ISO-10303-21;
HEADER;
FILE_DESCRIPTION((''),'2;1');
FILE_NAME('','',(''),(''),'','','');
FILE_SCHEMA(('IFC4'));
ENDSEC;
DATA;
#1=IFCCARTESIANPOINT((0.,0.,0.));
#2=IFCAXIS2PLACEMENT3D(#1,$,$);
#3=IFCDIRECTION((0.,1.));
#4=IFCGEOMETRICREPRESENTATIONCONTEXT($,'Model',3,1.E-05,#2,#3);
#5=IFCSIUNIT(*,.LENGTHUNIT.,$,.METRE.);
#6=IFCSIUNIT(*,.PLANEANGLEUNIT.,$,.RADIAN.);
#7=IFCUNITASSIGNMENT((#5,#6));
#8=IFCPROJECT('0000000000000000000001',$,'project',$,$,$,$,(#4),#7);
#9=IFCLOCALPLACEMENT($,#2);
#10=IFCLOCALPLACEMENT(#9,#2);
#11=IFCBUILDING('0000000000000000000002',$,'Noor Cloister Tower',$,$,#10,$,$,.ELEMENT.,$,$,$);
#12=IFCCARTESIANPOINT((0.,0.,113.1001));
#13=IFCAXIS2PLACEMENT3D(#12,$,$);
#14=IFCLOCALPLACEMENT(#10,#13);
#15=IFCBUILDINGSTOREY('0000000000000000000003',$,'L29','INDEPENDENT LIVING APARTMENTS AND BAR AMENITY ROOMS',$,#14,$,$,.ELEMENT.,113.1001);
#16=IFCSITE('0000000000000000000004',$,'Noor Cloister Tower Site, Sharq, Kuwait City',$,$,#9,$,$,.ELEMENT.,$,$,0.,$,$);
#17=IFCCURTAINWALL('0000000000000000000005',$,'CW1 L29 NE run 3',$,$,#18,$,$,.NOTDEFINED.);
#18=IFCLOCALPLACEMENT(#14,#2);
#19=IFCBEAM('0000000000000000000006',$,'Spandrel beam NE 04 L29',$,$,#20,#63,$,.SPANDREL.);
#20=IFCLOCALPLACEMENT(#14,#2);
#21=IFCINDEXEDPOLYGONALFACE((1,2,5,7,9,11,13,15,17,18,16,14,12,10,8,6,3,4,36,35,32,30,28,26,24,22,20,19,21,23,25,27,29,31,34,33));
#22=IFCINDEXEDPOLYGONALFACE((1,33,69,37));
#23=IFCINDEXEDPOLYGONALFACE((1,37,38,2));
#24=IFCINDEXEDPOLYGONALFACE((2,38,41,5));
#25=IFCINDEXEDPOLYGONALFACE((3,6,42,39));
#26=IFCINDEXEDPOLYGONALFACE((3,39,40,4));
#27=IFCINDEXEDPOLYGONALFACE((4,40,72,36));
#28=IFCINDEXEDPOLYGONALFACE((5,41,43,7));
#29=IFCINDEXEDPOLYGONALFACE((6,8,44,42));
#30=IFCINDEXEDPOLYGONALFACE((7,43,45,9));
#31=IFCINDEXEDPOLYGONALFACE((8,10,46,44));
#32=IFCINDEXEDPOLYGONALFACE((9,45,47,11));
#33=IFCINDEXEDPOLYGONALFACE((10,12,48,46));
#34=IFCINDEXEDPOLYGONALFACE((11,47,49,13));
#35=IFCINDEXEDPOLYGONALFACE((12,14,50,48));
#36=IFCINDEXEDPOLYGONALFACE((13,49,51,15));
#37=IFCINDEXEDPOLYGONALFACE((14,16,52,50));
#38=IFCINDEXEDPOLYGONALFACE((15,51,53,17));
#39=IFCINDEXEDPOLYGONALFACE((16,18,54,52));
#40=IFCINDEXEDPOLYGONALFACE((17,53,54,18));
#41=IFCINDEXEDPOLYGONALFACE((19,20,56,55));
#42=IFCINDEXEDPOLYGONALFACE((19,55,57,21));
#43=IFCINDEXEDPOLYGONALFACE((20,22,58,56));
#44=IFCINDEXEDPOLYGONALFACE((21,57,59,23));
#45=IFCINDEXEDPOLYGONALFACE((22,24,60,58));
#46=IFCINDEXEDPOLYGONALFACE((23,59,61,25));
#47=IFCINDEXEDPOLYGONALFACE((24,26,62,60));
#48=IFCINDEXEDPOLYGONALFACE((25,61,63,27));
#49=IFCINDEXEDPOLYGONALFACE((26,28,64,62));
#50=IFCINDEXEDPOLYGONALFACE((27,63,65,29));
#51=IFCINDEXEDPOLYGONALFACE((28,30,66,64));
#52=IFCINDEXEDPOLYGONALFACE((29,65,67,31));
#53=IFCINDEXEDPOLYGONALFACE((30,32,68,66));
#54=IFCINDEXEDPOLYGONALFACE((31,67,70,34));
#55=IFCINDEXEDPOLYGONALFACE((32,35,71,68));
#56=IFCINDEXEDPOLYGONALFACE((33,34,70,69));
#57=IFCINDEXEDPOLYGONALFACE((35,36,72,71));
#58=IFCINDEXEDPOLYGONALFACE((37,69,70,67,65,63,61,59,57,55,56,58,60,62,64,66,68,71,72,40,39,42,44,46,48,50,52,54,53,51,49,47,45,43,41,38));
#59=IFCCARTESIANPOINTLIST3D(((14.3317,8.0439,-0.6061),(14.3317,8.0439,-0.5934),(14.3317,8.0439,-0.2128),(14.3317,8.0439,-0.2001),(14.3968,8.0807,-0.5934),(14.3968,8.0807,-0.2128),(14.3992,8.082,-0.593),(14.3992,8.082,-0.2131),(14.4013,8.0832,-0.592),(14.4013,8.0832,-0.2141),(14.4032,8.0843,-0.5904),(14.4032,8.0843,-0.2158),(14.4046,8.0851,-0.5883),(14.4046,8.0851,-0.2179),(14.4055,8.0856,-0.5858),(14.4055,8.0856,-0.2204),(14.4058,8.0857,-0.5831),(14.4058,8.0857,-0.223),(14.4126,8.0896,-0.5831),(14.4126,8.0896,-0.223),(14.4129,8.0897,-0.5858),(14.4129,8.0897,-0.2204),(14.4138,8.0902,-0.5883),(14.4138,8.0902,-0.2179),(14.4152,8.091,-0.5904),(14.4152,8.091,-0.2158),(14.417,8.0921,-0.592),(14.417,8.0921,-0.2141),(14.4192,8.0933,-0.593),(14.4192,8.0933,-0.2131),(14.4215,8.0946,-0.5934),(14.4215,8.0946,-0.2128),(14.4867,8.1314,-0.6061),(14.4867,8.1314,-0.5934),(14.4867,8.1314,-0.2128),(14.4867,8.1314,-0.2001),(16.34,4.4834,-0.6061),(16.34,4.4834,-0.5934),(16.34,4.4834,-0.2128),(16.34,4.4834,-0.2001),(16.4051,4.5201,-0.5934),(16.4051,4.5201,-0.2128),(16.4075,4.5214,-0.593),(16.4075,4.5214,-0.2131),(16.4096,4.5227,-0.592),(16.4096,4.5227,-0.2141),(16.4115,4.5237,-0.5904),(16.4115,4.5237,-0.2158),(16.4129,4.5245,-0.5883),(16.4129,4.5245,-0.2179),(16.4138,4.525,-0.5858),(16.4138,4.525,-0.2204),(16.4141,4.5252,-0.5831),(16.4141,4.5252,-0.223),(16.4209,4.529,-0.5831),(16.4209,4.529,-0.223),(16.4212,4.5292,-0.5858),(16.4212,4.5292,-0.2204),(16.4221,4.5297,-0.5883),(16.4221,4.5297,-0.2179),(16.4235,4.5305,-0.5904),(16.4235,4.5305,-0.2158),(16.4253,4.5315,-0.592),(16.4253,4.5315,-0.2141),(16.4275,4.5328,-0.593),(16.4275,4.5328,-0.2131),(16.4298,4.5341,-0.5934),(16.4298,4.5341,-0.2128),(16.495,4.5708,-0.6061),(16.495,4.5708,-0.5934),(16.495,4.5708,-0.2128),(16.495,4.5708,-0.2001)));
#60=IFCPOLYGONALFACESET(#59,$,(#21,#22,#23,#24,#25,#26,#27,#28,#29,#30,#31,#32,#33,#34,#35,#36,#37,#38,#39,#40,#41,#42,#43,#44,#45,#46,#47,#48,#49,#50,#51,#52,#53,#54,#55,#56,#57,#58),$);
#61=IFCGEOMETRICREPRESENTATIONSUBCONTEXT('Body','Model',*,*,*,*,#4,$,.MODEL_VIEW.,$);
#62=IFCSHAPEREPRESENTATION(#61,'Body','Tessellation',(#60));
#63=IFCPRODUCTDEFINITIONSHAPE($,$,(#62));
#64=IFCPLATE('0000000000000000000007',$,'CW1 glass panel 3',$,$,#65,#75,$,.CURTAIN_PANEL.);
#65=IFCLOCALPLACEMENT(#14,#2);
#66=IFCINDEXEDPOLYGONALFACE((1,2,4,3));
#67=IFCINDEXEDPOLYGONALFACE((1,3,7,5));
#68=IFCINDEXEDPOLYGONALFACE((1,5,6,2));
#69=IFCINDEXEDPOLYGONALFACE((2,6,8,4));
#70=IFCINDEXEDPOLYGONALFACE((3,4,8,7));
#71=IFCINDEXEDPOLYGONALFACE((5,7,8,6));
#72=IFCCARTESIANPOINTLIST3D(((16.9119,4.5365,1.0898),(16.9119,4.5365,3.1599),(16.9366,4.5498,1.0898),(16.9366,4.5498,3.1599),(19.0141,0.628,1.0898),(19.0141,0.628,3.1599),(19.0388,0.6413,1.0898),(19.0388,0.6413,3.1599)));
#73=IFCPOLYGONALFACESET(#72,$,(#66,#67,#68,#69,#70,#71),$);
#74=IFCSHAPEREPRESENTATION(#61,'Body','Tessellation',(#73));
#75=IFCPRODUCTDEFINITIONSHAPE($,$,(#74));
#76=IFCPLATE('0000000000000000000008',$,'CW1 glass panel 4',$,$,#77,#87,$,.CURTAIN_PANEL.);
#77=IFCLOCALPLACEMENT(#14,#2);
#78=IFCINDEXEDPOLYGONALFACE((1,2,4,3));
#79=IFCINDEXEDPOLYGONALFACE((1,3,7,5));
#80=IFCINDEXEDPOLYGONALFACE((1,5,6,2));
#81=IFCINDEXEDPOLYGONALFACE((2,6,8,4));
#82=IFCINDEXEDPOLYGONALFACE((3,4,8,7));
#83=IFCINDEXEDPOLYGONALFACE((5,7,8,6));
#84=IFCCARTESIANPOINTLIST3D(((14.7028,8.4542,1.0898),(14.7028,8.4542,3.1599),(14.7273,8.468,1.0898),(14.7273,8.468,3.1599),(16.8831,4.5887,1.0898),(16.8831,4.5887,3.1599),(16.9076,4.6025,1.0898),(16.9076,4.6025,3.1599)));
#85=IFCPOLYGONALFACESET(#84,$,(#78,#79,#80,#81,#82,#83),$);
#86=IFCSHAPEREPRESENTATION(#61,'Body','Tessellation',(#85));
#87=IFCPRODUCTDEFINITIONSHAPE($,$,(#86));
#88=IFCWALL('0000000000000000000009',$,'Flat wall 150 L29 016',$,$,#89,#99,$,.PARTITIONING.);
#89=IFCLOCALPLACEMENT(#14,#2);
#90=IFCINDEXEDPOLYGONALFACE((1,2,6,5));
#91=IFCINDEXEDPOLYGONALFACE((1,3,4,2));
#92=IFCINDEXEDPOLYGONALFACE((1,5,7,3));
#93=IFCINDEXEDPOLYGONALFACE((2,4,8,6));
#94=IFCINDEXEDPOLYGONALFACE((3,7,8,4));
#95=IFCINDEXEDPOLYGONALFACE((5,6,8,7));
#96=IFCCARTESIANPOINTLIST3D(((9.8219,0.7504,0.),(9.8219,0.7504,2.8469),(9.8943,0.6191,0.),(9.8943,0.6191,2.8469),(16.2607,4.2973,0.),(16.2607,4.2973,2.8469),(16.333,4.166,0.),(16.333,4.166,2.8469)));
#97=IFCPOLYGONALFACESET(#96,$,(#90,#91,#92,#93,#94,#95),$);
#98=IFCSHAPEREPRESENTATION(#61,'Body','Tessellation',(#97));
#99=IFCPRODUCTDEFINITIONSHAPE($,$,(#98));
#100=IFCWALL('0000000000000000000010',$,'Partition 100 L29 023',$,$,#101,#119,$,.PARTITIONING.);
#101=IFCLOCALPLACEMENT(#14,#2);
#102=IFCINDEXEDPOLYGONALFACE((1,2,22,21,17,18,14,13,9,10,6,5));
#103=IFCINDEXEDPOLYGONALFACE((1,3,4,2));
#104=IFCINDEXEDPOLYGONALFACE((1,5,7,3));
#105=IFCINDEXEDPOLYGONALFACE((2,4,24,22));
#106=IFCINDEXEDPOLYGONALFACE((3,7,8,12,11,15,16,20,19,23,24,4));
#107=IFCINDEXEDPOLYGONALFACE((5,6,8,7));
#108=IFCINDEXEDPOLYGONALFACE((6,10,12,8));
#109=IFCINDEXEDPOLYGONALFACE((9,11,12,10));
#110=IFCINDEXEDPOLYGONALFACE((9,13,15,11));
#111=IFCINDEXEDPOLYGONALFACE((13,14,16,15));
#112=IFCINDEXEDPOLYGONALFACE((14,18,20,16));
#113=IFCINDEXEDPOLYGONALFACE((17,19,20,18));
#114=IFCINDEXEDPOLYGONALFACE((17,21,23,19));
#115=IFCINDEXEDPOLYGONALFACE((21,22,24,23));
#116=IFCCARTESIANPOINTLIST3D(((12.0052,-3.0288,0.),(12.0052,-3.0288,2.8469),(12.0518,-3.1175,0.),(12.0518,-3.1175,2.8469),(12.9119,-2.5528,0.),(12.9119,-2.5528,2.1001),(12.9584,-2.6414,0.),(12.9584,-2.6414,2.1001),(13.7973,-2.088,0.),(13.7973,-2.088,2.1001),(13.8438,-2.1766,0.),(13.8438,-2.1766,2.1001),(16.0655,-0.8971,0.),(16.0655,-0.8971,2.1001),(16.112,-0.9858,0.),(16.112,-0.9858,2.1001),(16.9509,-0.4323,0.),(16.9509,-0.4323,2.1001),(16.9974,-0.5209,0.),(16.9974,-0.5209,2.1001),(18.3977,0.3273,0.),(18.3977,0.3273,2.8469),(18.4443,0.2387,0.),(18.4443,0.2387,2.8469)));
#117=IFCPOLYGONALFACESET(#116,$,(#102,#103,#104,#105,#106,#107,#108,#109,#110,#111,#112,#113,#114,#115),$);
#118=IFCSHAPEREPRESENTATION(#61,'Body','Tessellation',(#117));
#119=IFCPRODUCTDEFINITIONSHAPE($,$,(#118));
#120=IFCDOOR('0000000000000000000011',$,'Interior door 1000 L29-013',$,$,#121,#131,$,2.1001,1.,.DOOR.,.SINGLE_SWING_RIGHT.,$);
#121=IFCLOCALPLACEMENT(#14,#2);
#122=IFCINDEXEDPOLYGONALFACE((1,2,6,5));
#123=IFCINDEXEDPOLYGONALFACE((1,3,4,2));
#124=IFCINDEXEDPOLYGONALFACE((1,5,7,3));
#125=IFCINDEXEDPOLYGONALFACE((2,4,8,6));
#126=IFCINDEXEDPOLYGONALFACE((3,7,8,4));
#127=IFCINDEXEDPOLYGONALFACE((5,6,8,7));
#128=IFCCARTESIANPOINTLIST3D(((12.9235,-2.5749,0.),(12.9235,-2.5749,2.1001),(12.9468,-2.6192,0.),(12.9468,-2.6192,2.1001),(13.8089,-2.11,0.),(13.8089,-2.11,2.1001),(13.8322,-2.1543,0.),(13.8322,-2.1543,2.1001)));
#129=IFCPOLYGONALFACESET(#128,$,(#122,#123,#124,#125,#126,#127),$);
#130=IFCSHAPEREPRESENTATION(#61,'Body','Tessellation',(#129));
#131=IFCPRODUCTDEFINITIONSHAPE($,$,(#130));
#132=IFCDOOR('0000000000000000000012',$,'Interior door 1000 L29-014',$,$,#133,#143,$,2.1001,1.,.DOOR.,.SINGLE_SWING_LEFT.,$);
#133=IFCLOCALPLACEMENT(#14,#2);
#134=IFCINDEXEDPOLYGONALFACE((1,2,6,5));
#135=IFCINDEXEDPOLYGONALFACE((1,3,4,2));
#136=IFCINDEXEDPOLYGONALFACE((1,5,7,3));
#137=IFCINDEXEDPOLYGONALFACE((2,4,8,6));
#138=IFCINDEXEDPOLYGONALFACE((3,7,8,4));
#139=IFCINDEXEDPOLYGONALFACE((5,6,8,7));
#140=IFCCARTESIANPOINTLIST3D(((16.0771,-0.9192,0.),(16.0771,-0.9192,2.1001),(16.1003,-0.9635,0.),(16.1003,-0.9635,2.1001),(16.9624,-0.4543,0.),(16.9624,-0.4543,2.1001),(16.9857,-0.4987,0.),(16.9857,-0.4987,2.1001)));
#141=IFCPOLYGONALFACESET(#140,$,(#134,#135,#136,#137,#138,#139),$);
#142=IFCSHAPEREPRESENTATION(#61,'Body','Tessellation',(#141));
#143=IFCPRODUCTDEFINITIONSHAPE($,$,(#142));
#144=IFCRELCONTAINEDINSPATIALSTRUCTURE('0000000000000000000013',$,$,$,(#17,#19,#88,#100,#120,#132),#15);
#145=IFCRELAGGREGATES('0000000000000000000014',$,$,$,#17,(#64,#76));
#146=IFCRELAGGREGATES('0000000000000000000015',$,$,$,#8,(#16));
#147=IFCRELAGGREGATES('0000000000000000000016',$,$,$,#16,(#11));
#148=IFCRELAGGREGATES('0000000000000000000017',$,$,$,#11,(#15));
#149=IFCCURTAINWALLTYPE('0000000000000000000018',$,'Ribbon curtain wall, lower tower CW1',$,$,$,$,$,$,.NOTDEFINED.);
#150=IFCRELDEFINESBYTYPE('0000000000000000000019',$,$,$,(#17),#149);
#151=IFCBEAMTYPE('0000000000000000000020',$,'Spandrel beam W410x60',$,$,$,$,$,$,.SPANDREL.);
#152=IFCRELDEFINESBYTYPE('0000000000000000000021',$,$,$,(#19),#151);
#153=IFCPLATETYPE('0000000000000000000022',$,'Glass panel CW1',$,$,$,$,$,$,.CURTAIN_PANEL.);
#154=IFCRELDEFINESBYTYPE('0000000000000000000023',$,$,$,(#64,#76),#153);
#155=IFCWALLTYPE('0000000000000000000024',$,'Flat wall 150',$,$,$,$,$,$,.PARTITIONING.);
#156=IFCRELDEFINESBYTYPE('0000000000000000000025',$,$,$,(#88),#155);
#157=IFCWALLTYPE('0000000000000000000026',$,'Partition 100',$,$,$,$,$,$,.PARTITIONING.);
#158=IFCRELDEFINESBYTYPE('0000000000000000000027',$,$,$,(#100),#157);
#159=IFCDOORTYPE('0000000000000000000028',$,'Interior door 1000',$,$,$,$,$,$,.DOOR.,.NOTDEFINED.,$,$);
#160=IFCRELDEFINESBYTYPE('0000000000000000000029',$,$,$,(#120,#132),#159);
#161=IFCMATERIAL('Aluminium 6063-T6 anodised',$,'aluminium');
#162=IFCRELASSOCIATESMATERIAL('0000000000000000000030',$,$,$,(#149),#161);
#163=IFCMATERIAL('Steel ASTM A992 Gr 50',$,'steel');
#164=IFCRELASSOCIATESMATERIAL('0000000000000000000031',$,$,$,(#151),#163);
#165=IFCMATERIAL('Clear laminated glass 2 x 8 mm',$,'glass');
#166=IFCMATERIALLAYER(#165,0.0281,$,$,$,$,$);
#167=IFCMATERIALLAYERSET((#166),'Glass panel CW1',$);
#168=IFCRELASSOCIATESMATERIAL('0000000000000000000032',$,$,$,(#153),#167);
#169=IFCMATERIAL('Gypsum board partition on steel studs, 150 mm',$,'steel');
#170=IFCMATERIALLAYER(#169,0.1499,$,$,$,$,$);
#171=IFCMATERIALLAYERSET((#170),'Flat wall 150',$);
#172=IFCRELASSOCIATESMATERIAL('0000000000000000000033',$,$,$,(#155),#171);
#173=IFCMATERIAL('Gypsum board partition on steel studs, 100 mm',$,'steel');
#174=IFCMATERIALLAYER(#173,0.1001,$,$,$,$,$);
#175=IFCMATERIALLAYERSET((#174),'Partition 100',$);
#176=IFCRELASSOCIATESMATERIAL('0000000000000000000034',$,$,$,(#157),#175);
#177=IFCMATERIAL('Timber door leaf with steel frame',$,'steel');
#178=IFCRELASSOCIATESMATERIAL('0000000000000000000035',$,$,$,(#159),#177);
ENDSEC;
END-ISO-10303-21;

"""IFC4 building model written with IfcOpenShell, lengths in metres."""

from ifc_helpers import new_model, si_unit, direction, frame, frame_2d, origin, origin_2d, place, context, subcontext, project, spatial, rectangle, i_section, extrude, material, layer, layer_set, material_profile, profile_set, type_object, element, fill, aggregate, save


model = new_model("IFC4")

# Units and contexts
model_context = context("Model", 3, precision=1e-05, world=origin(), true_north=direction((0.0, 1.0)))
body_context = subcontext(model_context, "Body", "Model", "MODEL_VIEW")
ifc_project = project(units=[si_unit("LENGTHUNIT", "METRE"), si_unit("PLANEANGLEUNIT", "RADIAN")], contexts=[model_context])

# Site, building, storey
site_placement = place(None, origin())
site = spatial("IfcSite", under=ifc_project, at=site_placement, Name="Noor Cloister Tower Site, Sharq, Kuwait City", CompositionType="ELEMENT", RefElevation=0.0)
building_placement = place(site_placement, origin())
building = spatial("IfcBuilding", under=site, at=building_placement, Name="Noor Cloister Tower", CompositionType="ELEMENT")
storey_placement = place(building_placement, frame((0.0, 0.0, 113.1001)))
storey = spatial("IfcBuildingStorey", under=building, at=storey_placement, Name="L29", Description="INDEPENDENT LIVING APARTMENTS AND BAR AMENITY ROOMS", CompositionType="ELEMENT", Elevation=113.1001)

# Curtain wall
ifc_material_1 = material(Name="Aluminium 6063-T6 anodised", Category="aluminium")
curtain_wall_type = type_object("IfcCurtainWallType", Name="Ribbon curtain wall, lower tower CW1", PredefinedType="NOTDEFINED", material=ifc_material_1)
curtain_wall_placement = place(storey_placement, origin())
curtain_wall = element("IfcCurtainWall", 1, at=curtain_wall_placement, inside=storey, type_object=curtain_wall_type, Name="CW1 L29 NE run 3", PredefinedType="NOTDEFINED")

# Beam
ifc_material_2 = material(Name="Steel ASTM A992 Gr 50", Category="steel")
ifc_material_profile_1 = material_profile(ifc_material_2, i_section(OverallWidth=0.178, OverallDepth=0.406, WebThickness=0.0078, FlangeThickness=0.0127, FilletRadius=0.0103, at=origin_2d()), Name="W410x60")
ifc_profile_set_1 = profile_set([ifc_material_profile_1], Name="Steel ASTM A992 Gr 50")
beam_type_1 = type_object("IfcBeamType", Name="Spandrel beam W410x60", PredefinedType="SPANDREL", material=ifc_profile_set_1)
for number, where, z_axis, x_axis, name in (
    (2, (16.4175, 4.5271, -0.4031), (-0.491282, 0.871001, 0.0), (-0.871001, -0.491282, 0.0), "Spandrel beam NE 04 L29"),
):
    element("IfcBeam", number, at=place(storey_placement, frame(where, z_axis=z_axis, x_axis=x_axis)), inside=storey, type_object=beam_type_1, Name=name, PredefinedType="SPANDREL", context=body_context, shape_type="SweptSolid", body=[
        extrude(i_section(OverallWidth=0.178, OverallDepth=0.406, WebThickness=0.0078, FlangeThickness=0.0127, FilletRadius=0.0103, at=origin_2d()), origin(), (0.0, 0.0, 1.0), 4.0879),
    ])

# Plates
ifc_material_3 = material(Name="Clear laminated glass 2 x 8 mm", Category="glass")
ifc_layer_1 = layer(ifc_material_3, 0.0281)
ifc_layer_set_1 = layer_set([ifc_layer_1], Name="Glass panel CW1")
plate_type = type_object("IfcPlateType", Name="Glass panel CW1", PredefinedType="CURTAIN_PANEL", material=ifc_layer_set_1)
plate_1_placement = place(storey_placement, frame((17.9753, 2.5889, 1.0898), z_axis=(0.0, 0.0, 1.0), x_axis=(-0.473694, 0.880689, 0.0)))
plate_1 = element("IfcPlate", 3, at=plate_1_placement, type_object=plate_type, Name="CW1 glass panel 3", PredefinedType="CURTAIN_PANEL", context=body_context, shape_type="SweptSolid", body=[
    extrude(rectangle(XDim=4.438, YDim=0.0281, at=origin_2d()), origin(), (0.0, 0.0, 1.0), 2.0701),
])
plate_2_placement = place(storey_placement, frame((15.8052, 6.5283, 1.0898), z_axis=(0.0, 0.0, 1.0), x_axis=(-0.491281, 0.871001, 0.0)))
plate_2 = element("IfcPlate", 4, at=plate_2_placement, type_object=plate_type, Name="CW1 glass panel 4", PredefinedType="CURTAIN_PANEL", context=body_context, shape_type="SweptSolid", body=[
    extrude(rectangle(XDim=4.438, YDim=0.0281, at=origin_2d()), origin(), (0.0, 0.0, 1.0), 2.0701),
])
aggregate(curtain_wall, [plate_1, plate_2])

# Wall
ifc_material_4 = material(Name="Gypsum board partition on steel studs, 150 mm", Category="steel")
ifc_layer_2 = layer(ifc_material_4, 0.1499)
ifc_layer_set_2 = layer_set([ifc_layer_2], Name="Flat wall 150")
wall_type_1 = type_object("IfcWallType", Name="Flat wall 150", PredefinedType="PARTITIONING", material=ifc_layer_set_2)
wall_1_placement = place(storey_placement, frame((16.2969, 4.2317, 0.0), z_axis=(0.0, 0.0, 1.0), x_axis=(-0.875895, -0.482501, 0.0)))
element("IfcWall", 5, at=wall_1_placement, inside=storey, type_object=wall_type_1, Name="Flat wall 150 L29 016", PredefinedType="PARTITIONING", context=body_context, shape_type="SweptSolid", body=[
    extrude(rectangle(XDim=7.3511, YDim=0.1499, at=frame_2d((3.6755, 0.0))), origin(), (0.0, 0.0, 1.0), 2.8469),
])

# Wall, openings, doors
ifc_material_5 = material(Name="Gypsum board partition on steel studs, 100 mm", Category="steel")
ifc_layer_3 = layer(ifc_material_5, 0.1001)
ifc_layer_set_3 = layer_set([ifc_layer_3], Name="Partition 100")
wall_type_2 = type_object("IfcWallType", Name="Partition 100", PredefinedType="PARTITIONING", material=ifc_layer_set_3)
wall_2_placement = place(storey_placement, frame((18.4209, 0.283, 0.0), z_axis=(0.0, 0.0, 1.0), x_axis=(-0.885392, -0.464845, 0.0)))
wall_2 = element("IfcWall", 6, at=wall_2_placement, inside=storey, type_object=wall_type_2, Name="Partition 100 L29 023", PredefinedType="PARTITIONING", context=body_context, shape_type="SweptSolid", body=[
    extrude(rectangle(XDim=7.22, YDim=0.1001, at=frame_2d((3.6099, 0.0))), origin(), (0.0, 0.0, 1.0), 2.8469),
])
opening_1_placement = place(wall_2_placement, frame((5.1958, 0.0, 0.0)))
opening_1 = element("IfcOpeningElement", 7, at=opening_1_placement, cuts=wall_2, PredefinedType="OPENING", context=body_context, shape_type="SweptSolid", body=[
    extrude(rectangle(XDim=1.0, YDim=2.1001, at=frame_2d((0.5, 1.05))), frame((0.0, 0.0601, 0.0), z_axis=(0.0, -1.0, 0.0), x_axis=(1.0, 0.0, 0.0)), (0.0, 0.0, 1.0), 0.1201),
])
opening_2_placement = place(wall_2_placement, frame((1.634, 0.0, 0.0)))
opening_2 = element("IfcOpeningElement", 8, at=opening_2_placement, cuts=wall_2, PredefinedType="OPENING", context=body_context, shape_type="SweptSolid", body=[
    extrude(rectangle(XDim=1.0, YDim=2.1001, at=frame_2d((0.5, 1.05))), frame((0.0, 0.0601, 0.0), z_axis=(0.0, -1.0, 0.0), x_axis=(1.0, 0.0, 0.0)), (0.0, 0.0, 1.0), 0.1201),
])
ifc_material_6 = material(Name="Timber door leaf with steel frame", Category="steel")
door_type = type_object("IfcDoorType", Name="Interior door 1000", OperationType="NOTDEFINED", PredefinedType="DOOR", material=ifc_material_6)
door_1_placement = place(opening_1_placement, origin())
door_1 = element("IfcDoor", 9, at=door_1_placement, inside=storey, type_object=door_type, Name="Interior door 1000 L29-013", OperationType="SINGLE_SWING_RIGHT", OverallHeight=2.1001, OverallWidth=1.0, PredefinedType="DOOR", context=body_context, shape_type="SweptSolid", body=[
    extrude(rectangle(XDim=1.0, YDim=2.1001, at=frame_2d((0.5, 1.05))), frame((0.0, 0.0249, 0.0), z_axis=(0.0, -1.0, 0.0), x_axis=(1.0, 0.0, 0.0)), (0.0, 0.0, 1.0), 0.05),
])
fill(opening_1, door_1)
door_2_placement = place(opening_2_placement, origin())
door_2 = element("IfcDoor", 10, at=door_2_placement, inside=storey, type_object=door_type, Name="Interior door 1000 L29-014", OperationType="SINGLE_SWING_LEFT", OverallHeight=2.1001, OverallWidth=1.0, PredefinedType="DOOR", context=body_context, shape_type="SweptSolid", body=[
    extrude(rectangle(XDim=1.0, YDim=2.1001, at=frame_2d((0.5, 1.05))), frame((0.0, 0.0249, 0.0), z_axis=(0.0, -1.0, 0.0), x_axis=(1.0, 0.0, 0.0)), (0.0, 0.0, 1.0), 0.05),
])
fill(opening_2, door_2)

save(model, "model.ifc")
